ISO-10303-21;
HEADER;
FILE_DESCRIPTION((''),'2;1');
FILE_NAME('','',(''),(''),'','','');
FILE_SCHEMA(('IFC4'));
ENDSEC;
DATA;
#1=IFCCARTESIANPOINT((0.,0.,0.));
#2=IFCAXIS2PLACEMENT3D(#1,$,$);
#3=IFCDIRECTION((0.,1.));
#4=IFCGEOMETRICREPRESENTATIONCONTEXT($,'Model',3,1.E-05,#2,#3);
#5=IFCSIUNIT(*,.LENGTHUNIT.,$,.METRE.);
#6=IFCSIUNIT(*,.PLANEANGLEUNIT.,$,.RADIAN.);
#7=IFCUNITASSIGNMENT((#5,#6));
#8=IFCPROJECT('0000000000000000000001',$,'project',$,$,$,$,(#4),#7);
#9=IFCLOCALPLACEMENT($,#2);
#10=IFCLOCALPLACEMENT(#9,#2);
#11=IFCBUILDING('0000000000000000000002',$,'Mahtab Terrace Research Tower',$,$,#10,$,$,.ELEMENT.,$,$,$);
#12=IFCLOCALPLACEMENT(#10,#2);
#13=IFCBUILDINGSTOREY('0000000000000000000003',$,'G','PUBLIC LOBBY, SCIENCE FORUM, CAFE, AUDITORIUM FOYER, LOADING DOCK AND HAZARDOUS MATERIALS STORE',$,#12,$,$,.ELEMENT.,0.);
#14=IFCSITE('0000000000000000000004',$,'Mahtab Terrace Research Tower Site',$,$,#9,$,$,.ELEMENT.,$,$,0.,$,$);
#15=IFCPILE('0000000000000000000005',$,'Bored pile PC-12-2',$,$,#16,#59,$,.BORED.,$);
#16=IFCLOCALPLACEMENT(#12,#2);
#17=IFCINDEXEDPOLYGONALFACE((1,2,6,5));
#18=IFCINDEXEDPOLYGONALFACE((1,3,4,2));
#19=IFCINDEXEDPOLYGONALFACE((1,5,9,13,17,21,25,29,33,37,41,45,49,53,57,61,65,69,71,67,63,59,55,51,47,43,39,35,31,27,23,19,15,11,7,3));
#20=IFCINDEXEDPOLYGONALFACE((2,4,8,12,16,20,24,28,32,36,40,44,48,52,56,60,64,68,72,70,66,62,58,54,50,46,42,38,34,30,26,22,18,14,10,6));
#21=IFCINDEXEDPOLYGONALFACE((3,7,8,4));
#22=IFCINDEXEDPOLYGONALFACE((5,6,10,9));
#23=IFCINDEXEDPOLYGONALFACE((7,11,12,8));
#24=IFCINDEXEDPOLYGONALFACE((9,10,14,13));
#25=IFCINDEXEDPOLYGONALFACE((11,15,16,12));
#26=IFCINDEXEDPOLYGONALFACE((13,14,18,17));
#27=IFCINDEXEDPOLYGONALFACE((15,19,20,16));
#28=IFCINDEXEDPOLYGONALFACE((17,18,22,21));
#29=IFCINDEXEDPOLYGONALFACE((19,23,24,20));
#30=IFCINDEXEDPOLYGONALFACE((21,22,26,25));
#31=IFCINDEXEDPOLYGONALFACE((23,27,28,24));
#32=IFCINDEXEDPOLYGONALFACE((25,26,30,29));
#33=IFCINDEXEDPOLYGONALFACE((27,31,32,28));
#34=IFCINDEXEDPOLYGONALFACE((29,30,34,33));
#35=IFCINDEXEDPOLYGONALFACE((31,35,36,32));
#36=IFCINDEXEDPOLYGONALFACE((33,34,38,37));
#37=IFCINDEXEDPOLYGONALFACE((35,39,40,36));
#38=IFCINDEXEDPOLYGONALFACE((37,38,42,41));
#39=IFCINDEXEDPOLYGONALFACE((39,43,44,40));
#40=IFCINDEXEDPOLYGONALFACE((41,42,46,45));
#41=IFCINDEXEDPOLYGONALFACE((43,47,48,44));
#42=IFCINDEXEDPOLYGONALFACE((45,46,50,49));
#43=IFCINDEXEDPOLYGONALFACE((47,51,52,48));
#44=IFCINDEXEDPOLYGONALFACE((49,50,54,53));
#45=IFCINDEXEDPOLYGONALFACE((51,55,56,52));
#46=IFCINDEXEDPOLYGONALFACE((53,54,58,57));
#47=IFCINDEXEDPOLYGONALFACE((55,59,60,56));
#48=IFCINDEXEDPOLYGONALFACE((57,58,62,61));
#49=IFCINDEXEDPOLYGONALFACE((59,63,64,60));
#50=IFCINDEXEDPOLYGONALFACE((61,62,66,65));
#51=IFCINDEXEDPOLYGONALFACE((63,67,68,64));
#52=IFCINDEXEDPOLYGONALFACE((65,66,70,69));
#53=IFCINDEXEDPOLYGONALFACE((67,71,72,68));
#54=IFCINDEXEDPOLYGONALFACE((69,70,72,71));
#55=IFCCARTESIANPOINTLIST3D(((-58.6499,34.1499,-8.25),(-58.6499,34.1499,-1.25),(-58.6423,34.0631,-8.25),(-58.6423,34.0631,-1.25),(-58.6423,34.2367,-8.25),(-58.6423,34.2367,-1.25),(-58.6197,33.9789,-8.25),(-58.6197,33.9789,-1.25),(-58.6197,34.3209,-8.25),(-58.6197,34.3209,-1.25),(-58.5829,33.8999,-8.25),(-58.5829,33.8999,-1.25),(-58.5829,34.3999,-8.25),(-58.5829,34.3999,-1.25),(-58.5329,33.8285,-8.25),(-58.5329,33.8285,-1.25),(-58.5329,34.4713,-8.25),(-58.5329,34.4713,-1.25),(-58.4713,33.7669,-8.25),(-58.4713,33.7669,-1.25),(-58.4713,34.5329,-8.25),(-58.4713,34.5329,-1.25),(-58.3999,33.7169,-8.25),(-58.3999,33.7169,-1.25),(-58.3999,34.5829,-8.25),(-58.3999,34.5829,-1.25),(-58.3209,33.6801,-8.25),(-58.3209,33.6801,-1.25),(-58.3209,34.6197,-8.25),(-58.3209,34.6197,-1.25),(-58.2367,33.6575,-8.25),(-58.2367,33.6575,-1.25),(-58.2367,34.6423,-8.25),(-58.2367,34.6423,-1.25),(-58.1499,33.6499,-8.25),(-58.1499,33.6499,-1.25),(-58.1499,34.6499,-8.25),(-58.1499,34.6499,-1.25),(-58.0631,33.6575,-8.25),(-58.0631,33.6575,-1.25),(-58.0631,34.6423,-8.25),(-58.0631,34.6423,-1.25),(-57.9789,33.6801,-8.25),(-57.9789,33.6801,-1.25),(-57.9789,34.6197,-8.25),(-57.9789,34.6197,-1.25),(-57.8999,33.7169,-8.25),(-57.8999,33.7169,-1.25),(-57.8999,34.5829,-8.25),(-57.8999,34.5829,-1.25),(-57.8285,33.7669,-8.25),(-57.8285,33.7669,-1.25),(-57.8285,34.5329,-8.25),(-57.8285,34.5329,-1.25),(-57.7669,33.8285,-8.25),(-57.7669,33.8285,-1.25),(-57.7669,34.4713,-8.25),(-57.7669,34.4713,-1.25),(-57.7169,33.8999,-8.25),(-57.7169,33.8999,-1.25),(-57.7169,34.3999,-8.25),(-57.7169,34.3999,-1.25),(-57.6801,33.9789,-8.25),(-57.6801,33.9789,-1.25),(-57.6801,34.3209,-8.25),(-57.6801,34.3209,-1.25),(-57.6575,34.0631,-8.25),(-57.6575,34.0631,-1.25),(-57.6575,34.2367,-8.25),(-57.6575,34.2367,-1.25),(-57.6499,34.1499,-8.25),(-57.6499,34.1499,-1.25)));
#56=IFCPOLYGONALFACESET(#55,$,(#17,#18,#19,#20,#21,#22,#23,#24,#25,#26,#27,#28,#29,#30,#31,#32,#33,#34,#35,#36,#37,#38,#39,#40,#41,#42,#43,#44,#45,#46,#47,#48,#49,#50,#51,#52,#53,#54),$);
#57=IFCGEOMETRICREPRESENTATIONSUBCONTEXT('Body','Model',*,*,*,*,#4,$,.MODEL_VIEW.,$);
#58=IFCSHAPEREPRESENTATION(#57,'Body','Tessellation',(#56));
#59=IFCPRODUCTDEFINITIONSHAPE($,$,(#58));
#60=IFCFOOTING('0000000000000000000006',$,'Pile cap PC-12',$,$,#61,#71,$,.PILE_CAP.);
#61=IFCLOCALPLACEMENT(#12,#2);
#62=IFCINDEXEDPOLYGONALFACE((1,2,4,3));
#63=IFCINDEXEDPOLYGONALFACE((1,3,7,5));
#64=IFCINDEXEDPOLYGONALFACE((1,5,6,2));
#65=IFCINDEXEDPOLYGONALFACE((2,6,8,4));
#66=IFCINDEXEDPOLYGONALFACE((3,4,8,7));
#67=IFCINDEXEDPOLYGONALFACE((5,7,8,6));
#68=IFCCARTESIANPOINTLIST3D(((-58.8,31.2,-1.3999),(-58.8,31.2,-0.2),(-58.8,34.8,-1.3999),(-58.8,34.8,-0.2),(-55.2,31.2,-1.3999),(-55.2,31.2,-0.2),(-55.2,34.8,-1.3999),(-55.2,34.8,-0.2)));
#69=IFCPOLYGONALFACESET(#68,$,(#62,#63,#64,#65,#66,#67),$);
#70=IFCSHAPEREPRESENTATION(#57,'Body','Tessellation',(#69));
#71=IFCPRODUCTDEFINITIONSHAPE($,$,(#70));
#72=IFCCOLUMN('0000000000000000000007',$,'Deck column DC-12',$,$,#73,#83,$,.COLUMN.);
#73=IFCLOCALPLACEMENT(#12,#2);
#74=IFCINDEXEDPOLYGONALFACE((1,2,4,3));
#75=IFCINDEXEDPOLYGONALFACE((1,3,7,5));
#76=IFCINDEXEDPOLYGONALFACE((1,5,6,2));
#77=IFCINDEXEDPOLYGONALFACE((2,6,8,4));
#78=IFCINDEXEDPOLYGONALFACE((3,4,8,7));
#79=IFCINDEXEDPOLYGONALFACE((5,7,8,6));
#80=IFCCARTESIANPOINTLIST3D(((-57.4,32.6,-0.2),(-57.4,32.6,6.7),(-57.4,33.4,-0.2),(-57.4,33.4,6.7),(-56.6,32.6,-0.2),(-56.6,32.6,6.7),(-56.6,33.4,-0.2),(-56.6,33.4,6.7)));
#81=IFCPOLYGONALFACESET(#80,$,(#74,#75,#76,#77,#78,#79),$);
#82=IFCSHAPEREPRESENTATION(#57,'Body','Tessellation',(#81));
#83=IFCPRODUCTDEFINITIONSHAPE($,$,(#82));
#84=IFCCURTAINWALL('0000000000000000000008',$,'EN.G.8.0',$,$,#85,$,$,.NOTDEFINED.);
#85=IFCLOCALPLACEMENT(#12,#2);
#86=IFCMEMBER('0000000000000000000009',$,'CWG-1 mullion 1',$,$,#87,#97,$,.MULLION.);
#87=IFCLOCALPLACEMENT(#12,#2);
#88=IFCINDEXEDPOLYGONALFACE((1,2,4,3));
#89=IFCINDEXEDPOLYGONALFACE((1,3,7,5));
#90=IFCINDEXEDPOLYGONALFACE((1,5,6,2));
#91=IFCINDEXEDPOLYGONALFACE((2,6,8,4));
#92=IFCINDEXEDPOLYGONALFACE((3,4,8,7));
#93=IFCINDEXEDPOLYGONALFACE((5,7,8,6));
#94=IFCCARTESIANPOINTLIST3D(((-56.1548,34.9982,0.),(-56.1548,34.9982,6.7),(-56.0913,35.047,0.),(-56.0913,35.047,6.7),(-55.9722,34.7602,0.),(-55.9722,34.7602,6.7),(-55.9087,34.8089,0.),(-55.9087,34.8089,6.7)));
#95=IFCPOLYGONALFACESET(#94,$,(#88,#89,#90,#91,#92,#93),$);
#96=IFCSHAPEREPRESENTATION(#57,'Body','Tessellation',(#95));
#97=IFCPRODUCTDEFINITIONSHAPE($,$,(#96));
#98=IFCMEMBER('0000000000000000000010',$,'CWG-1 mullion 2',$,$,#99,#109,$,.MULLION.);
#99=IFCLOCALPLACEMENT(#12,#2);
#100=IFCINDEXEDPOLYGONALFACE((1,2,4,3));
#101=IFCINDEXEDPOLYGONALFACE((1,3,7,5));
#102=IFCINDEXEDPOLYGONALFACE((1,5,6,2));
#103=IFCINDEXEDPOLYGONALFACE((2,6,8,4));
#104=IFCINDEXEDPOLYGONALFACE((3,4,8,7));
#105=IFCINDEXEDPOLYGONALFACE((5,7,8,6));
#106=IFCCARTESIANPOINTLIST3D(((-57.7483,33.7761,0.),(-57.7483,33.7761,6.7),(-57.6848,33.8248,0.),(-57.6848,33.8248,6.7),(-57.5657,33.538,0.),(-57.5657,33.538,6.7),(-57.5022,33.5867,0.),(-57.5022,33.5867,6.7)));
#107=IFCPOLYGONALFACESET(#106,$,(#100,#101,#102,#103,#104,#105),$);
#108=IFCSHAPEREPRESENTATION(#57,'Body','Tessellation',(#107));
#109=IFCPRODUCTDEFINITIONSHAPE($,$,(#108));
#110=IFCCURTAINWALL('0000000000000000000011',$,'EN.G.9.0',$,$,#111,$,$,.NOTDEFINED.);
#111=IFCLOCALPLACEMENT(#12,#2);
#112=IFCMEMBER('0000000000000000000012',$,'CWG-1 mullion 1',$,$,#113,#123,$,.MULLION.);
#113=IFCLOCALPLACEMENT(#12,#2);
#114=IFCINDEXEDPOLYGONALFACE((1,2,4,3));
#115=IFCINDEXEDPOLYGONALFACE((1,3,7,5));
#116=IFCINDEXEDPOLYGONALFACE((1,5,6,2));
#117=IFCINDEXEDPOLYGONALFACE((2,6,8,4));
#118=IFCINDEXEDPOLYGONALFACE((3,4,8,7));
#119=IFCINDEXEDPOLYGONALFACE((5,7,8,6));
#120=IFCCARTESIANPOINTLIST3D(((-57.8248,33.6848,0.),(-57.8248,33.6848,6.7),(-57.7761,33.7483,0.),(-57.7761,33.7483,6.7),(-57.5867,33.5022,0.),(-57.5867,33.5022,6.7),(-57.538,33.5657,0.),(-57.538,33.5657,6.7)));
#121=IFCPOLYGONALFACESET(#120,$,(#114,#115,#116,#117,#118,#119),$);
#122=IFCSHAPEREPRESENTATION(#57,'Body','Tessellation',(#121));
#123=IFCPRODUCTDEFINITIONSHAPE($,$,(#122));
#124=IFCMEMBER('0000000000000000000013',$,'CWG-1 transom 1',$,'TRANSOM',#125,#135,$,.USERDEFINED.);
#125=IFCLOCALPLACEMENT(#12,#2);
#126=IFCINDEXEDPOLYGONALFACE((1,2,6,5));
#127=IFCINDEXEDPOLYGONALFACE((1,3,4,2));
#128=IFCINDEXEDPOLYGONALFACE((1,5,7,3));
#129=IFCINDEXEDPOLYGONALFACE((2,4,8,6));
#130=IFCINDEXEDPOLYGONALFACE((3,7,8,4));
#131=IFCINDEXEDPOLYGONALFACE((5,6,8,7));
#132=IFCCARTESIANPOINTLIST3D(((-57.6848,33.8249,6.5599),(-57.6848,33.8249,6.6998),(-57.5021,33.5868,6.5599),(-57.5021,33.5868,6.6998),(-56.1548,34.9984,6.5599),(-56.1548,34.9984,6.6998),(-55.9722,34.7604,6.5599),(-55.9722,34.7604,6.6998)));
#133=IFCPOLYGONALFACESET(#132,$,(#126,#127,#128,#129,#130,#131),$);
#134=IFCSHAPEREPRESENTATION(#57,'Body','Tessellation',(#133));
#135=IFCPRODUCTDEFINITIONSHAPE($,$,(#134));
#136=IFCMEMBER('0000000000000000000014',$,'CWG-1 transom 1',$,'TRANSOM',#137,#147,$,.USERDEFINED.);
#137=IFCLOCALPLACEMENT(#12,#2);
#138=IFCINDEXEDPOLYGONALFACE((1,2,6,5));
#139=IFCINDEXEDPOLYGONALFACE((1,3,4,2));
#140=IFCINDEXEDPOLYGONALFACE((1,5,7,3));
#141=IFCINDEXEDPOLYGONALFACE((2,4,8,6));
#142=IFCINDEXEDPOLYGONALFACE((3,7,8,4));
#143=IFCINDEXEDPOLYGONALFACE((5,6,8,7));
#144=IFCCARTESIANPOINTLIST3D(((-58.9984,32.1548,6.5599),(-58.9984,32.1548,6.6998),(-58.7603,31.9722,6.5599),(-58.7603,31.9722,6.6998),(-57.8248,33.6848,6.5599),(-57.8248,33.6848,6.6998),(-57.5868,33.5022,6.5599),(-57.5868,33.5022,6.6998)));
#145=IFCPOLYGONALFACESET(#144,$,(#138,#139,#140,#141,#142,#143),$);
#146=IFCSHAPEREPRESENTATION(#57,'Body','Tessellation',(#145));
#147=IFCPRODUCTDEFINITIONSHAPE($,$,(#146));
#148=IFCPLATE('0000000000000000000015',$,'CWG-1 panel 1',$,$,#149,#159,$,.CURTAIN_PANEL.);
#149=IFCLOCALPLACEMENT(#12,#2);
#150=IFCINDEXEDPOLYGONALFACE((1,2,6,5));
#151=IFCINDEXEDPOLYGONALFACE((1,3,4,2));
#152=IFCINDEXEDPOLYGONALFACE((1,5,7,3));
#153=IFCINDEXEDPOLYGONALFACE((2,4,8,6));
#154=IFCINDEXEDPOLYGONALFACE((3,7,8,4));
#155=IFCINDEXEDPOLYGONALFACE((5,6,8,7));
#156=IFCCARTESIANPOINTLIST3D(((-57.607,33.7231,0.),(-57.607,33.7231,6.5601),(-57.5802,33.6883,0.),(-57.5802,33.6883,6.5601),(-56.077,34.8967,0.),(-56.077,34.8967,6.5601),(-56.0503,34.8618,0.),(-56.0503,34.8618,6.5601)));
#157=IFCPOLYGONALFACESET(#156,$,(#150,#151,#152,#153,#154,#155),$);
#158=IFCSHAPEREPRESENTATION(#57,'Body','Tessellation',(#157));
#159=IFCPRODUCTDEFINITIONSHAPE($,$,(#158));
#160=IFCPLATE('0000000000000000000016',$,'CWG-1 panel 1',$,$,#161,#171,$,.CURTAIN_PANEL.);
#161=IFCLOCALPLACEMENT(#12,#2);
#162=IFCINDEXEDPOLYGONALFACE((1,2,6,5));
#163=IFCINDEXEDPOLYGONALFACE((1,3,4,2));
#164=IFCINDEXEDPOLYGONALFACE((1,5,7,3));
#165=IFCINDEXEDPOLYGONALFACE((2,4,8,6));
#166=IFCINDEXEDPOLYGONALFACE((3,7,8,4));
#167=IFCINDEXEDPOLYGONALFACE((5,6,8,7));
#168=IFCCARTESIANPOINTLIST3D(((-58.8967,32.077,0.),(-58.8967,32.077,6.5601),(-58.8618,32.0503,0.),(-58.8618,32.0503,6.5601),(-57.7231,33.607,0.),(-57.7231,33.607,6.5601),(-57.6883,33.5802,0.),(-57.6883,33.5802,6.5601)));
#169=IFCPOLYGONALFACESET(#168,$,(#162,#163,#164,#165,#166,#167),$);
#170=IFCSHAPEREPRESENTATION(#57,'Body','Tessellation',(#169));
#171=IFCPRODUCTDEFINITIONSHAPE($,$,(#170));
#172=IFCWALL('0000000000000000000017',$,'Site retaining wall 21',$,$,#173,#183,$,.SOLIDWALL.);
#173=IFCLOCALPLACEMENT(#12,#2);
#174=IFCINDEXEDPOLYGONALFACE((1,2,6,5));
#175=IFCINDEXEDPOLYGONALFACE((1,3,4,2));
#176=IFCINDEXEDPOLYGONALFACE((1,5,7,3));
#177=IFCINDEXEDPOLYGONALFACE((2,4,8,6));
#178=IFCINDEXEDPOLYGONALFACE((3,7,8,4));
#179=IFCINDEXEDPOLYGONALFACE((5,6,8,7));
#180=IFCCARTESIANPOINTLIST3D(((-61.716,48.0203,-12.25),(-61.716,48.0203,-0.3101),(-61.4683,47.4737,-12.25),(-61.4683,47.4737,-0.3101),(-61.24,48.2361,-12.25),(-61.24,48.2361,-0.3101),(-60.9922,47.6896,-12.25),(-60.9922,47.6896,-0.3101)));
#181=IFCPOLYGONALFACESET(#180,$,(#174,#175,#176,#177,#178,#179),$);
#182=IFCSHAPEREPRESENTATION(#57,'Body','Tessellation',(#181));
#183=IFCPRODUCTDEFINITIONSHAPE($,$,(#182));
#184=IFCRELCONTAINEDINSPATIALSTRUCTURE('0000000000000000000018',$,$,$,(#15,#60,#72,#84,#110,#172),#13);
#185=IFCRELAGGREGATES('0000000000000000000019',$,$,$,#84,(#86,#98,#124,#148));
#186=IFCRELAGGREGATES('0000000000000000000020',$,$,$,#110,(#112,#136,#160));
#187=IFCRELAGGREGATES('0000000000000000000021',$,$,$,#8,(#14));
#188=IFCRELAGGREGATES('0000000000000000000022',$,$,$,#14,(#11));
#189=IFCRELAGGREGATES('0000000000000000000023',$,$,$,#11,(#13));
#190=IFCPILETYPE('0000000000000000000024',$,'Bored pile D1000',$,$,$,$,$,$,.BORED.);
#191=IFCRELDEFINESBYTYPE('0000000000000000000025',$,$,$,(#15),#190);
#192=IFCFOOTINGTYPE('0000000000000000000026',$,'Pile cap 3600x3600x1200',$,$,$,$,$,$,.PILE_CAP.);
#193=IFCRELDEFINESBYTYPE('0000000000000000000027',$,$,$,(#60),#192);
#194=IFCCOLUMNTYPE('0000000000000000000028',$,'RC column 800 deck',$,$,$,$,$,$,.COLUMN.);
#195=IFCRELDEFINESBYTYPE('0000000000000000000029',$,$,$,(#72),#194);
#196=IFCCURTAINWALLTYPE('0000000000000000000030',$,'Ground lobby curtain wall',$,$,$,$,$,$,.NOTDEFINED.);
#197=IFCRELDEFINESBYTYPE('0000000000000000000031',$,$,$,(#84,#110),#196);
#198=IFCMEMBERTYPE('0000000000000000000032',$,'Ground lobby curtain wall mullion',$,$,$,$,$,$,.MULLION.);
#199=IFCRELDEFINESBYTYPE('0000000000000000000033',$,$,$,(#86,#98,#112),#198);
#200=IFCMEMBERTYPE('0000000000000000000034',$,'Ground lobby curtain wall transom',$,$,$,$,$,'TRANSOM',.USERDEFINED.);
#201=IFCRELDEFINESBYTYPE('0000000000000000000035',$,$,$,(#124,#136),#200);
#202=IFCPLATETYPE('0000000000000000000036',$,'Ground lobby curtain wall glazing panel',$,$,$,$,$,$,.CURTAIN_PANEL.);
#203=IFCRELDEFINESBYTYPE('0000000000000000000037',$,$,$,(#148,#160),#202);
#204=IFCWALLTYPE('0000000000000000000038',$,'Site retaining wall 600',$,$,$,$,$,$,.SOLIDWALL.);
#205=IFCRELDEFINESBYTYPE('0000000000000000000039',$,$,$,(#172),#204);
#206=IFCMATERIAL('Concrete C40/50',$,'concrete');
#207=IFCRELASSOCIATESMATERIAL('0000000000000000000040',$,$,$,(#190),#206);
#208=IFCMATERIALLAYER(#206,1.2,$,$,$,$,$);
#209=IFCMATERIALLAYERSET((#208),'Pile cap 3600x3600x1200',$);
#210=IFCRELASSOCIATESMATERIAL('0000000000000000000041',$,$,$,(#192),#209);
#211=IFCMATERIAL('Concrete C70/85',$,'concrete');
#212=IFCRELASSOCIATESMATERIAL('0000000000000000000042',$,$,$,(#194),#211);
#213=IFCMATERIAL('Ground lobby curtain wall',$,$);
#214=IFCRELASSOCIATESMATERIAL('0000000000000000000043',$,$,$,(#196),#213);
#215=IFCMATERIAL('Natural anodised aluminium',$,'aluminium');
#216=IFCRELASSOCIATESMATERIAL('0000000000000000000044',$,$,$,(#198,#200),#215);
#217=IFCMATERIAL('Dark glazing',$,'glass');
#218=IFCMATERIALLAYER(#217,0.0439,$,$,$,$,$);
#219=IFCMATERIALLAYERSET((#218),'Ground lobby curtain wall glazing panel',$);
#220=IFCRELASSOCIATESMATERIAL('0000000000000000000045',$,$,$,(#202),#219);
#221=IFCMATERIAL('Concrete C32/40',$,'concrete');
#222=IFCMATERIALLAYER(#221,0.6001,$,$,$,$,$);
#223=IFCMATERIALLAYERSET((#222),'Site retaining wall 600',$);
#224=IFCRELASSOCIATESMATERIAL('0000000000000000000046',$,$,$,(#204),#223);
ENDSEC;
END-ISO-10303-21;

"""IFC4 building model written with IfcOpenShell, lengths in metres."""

from ifc_helpers import new_model, si_unit, direction, frame, frame_2d, origin, origin_2d, place, context, subcontext, project, spatial, rectangle, circle, extrude, material, layer, layer_set, material_profile, profile_set, type_object, element, aggregate, save


model = new_model("IFC4")

# Units and contexts
model_context = context("Model", 3, precision=1e-05, world=origin(), true_north=direction((0.0, 1.0)))
body_context = subcontext(model_context, "Body", "Model", "MODEL_VIEW")
ifc_project = project(units=[si_unit("LENGTHUNIT", "METRE"), si_unit("PLANEANGLEUNIT", "RADIAN")], contexts=[model_context])

# Site, building, storey
site_placement = place(None, origin())
site = spatial("IfcSite", under=ifc_project, at=site_placement, Name="Mahtab Terrace Research Tower Site", CompositionType="ELEMENT", RefElevation=0.0)
building_placement = place(site_placement, origin())
building = spatial("IfcBuilding", under=site, at=building_placement, Name="Mahtab Terrace Research Tower", CompositionType="ELEMENT")
storey_placement = place(building_placement, origin())
storey = spatial("IfcBuildingStorey", under=building, at=storey_placement, Name="G", Description="PUBLIC LOBBY, SCIENCE FORUM, CAFE, AUDITORIUM FOYER, LOADING DOCK AND HAZARDOUS MATERIALS STORE", CompositionType="ELEMENT", Elevation=0.0)

# Pile
ifc_material_1 = material(Name="Concrete C40/50", Category="concrete")
ifc_material_profile_1 = material_profile(ifc_material_1, circle(Radius=0.5, at=origin_2d()), Name="Bored pile D1000")
ifc_profile_set_1 = profile_set([ifc_material_profile_1], Name="Concrete C40/50")
pile_type = type_object("IfcPileType", Name="Bored pile D1000", PredefinedType="BORED", material=ifc_profile_set_1)
pile_placement = place(storey_placement, frame((-58.1499, 34.1499, -1.25), z_axis=(0.0, 0.0, -1.0), x_axis=(1.0, 0.0, 0.0)))
element("IfcPile", 1, at=pile_placement, inside=storey, type_object=pile_type, Name="Bored pile PC-12-2", PredefinedType="BORED", context=body_context, shape_type="SweptSolid", body=[
    extrude(circle(Radius=0.5, at=origin_2d()), origin(), (0.0, 0.0, 1.0), 7.0),
])

# Footing
ifc_layer_1 = layer(ifc_material_1, 1.2)
ifc_layer_set_1 = layer_set([ifc_layer_1], Name="Pile cap 3600x3600x1200")
footing_type = type_object("IfcFootingType", Name="Pile cap 3600x3600x1200", PredefinedType="PILE_CAP", material=ifc_layer_set_1)
footing_placement = place(storey_placement, frame((-57.0, 33.0, -1.3999), z_axis=(0.0, 0.0, 1.0), x_axis=(1.0, 0.0, 0.0)))
element("IfcFooting", 2, at=footing_placement, inside=storey, type_object=footing_type, Name="Pile cap PC-12", PredefinedType="PILE_CAP", context=body_context, shape_type="SweptSolid", body=[
    extrude(rectangle(XDim=3.6001, YDim=3.6001, at=origin_2d()), origin(), (0.0, 0.0, 1.0), 1.2),
])

# Column
ifc_material_2 = material(Name="Concrete C70/85", Category="concrete")
ifc_material_profile_2 = material_profile(ifc_material_2, rectangle(XDim=0.8, YDim=0.8, at=origin_2d()), Name="RC column 800 deck")
ifc_profile_set_2 = profile_set([ifc_material_profile_2], Name="Concrete C70/85")
column_type = type_object("IfcColumnType", Name="RC column 800 deck", PredefinedType="COLUMN", material=ifc_profile_set_2)
column_placement = place(storey_placement, frame((-57.0, 33.0, -0.2), z_axis=(0.0, 0.0, 1.0), x_axis=(1.0, 0.0, 0.0)))
element("IfcColumn", 3, at=column_placement, inside=storey, type_object=column_type, Name="Deck column DC-12", PredefinedType="COLUMN", context=body_context, shape_type="SweptSolid", body=[
    extrude(rectangle(XDim=0.8, YDim=0.8, at=origin_2d()), origin(), (0.0, 0.0, 1.0), 6.8999),
])

# Curtain wall, members
ifc_material_3 = material(Name="Ground lobby curtain wall")
curtain_wall_type = type_object("IfcCurtainWallType", Name="Ground lobby curtain wall", PredefinedType="NOTDEFINED", material=ifc_material_3)
curtain_wall_1_placement = place(storey_placement, origin())
curtain_wall_1 = element("IfcCurtainWall", 4, at=curtain_wall_1_placement, inside=storey, type_object=curtain_wall_type, Name="EN.G.8.0", PredefinedType="NOTDEFINED")
ifc_material_4 = material(Name="Natural anodised aluminium", Category="aluminium")
ifc_material_profile_3 = material_profile(ifc_material_4, rectangle(XDim=0.3, YDim=0.0801, at=origin_2d()), Name="MULLION 80x300")
ifc_profile_set_3 = profile_set([ifc_material_profile_3], Name="Natural anodised aluminium")
member_type_1 = type_object("IfcMemberType", Name="Ground lobby curtain wall mullion", PredefinedType="MULLION", material=ifc_profile_set_3)
member_1_placement = place(storey_placement, frame((-56.0317, 34.9036, 0.0), z_axis=(0.0, 0.0, 1.0), x_axis=(0.608623, -0.79346, 0.0)))
member_1 = element("IfcMember", 5, at=member_1_placement, type_object=member_type_1, Name="CWG-1 mullion 1", PredefinedType="MULLION", context=body_context, shape_type="SweptSolid", body=[
    extrude(rectangle(XDim=0.3, YDim=0.0801, at=origin_2d()), origin(), (0.0, 0.0, 1.0), 6.7),
])
member_2_placement = place(storey_placement, frame((-57.6252, 33.6814, 0.0), z_axis=(0.0, 0.0, 1.0), x_axis=(0.608623, -0.79346, 0.0)))
member_2 = element("IfcMember", 6, at=member_2_placement, type_object=member_type_1, Name="CWG-1 mullion 2", PredefinedType="MULLION", context=body_context, shape_type="SweptSolid", body=[
    extrude(rectangle(XDim=0.3, YDim=0.0801, at=origin_2d()), origin(), (0.0, 0.0, 1.0), 6.7),
])

# Curtain wall, member
curtain_wall_2_placement = place(storey_placement, origin())
curtain_wall_2 = element("IfcCurtainWall", 7, at=curtain_wall_2_placement, inside=storey, type_object=curtain_wall_type, Name="EN.G.9.0", PredefinedType="NOTDEFINED")
member_3_placement = place(storey_placement, frame((-57.6814, 33.6252, 0.0), z_axis=(0.0, 0.0, 1.0), x_axis=(0.79346, -0.608623, 0.0)))
member_3 = element("IfcMember", 8, at=member_3_placement, type_object=member_type_1, Name="CWG-1 mullion 1", PredefinedType="MULLION", context=body_context, shape_type="SweptSolid", body=[
    extrude(rectangle(XDim=0.3, YDim=0.0801, at=origin_2d()), origin(), (0.0, 0.0, 1.0), 6.7),
])

# Members
ifc_material_profile_4 = material_profile(ifc_material_4, rectangle(XDim=0.3, YDim=0.1399, at=origin_2d()), Name="TRANSOM 140x300")
ifc_profile_set_4 = profile_set([ifc_material_profile_4], Name="Natural anodised aluminium")
member_type_2 = type_object("IfcMemberType", Name="Ground lobby curtain wall transom", ElementType="TRANSOM", PredefinedType="USERDEFINED", material=ifc_profile_set_4)
member_4_placement = place(storey_placement, frame((-56.0635, 34.8794, 6.6299), z_axis=(-0.793466, -0.608615, 0.0), x_axis=(0.608615, -0.793466, 0.0)))
member_4 = element("IfcMember", 9, at=member_4_placement, type_object=member_type_2, Name="CWG-1 transom 1", ObjectType="TRANSOM", PredefinedType="USERDEFINED", context=body_context, shape_type="SweptSolid", body=[
    extrude(rectangle(XDim=0.3, YDim=0.1399, at=origin_2d()), origin(), (0.0, 0.0, 1.0), 1.9282),
])
member_5_placement = place(storey_placement, frame((-57.7058, 33.5935, 6.6299), z_axis=(-0.608615, -0.793466, 0.0), x_axis=(0.793466, -0.608615, 0.0)))
member_5 = element("IfcMember", 10, at=member_5_placement, type_object=member_type_2, Name="CWG-1 transom 1", ObjectType="TRANSOM", PredefinedType="USERDEFINED", context=body_context, shape_type="SweptSolid", body=[
    extrude(rectangle(XDim=0.3, YDim=0.1399, at=origin_2d()), origin(), (0.0, 0.0, 1.0), 1.9282),
])

# Plates
ifc_material_5 = material(Name="Dark glazing", Category="glass")
ifc_layer_2 = layer(ifc_material_5, 0.0439)
ifc_layer_set_2 = layer_set([ifc_layer_2], Name="Ground lobby curtain wall glazing panel")
plate_type = type_object("IfcPlateType", Name="Ground lobby curtain wall glazing panel", PredefinedType="CURTAIN_PANEL", material=ifc_layer_set_2)
plate_1_placement = place(storey_placement, frame((-56.8286, 34.2925, 0.0), z_axis=(0.0, 0.0, 1.0), x_axis=(-0.79346, -0.608623, 0.0)))
plate_1 = element("IfcPlate", 11, at=plate_1_placement, type_object=plate_type, Name="CWG-1 panel 1", PredefinedType="CURTAIN_PANEL", context=body_context, shape_type="SweptSolid", body=[
    extrude(rectangle(XDim=1.9282, YDim=0.0439, at=origin_2d()), origin(), (0.0, 0.0, 1.0), 6.5601),
])
aggregate(curtain_wall_1, [member_1, member_2, member_4, plate_1])
plate_2_placement = place(storey_placement, frame((-58.2925, 32.8286, 0.0), z_axis=(0.0, 0.0, 1.0), x_axis=(-0.608623, -0.79346, 0.0)))
plate_2 = element("IfcPlate", 12, at=plate_2_placement, type_object=plate_type, Name="CWG-1 panel 1", PredefinedType="CURTAIN_PANEL", context=body_context, shape_type="SweptSolid", body=[
    extrude(rectangle(XDim=1.9282, YDim=0.0439, at=origin_2d()), origin(), (0.0, 0.0, 1.0), 6.5601),
])
aggregate(curtain_wall_2, [member_3, member_5, plate_2])

# Wall
ifc_material_6 = material(Name="Concrete C32/40", Category="concrete")
ifc_layer_3 = layer(ifc_material_6, 0.6001)
ifc_layer_set_3 = layer_set([ifc_layer_3], Name="Site retaining wall 600")
wall_type = type_object("IfcWallType", Name="Site retaining wall 600", PredefinedType="SOLIDWALL", material=ifc_layer_set_3)
wall_1_placement = place(storey_placement, frame((-61.592, 47.7471, -12.25), z_axis=(0.0, 0.0, 1.0), x_axis=(0.910782, 0.412888, 0.0)))
element("IfcWall", 13, at=wall_1_placement, inside=storey, type_object=wall_type, Name="Site retaining wall 21", PredefinedType="SOLIDWALL", context=body_context, shape_type="SweptSolid", body=[
    extrude(rectangle(XDim=0.5227, YDim=0.6001, at=frame_2d((0.2612, 0.0))), origin(), (0.0, 0.0, 1.0), 11.9399),
])

save(model, "model.ifc")
